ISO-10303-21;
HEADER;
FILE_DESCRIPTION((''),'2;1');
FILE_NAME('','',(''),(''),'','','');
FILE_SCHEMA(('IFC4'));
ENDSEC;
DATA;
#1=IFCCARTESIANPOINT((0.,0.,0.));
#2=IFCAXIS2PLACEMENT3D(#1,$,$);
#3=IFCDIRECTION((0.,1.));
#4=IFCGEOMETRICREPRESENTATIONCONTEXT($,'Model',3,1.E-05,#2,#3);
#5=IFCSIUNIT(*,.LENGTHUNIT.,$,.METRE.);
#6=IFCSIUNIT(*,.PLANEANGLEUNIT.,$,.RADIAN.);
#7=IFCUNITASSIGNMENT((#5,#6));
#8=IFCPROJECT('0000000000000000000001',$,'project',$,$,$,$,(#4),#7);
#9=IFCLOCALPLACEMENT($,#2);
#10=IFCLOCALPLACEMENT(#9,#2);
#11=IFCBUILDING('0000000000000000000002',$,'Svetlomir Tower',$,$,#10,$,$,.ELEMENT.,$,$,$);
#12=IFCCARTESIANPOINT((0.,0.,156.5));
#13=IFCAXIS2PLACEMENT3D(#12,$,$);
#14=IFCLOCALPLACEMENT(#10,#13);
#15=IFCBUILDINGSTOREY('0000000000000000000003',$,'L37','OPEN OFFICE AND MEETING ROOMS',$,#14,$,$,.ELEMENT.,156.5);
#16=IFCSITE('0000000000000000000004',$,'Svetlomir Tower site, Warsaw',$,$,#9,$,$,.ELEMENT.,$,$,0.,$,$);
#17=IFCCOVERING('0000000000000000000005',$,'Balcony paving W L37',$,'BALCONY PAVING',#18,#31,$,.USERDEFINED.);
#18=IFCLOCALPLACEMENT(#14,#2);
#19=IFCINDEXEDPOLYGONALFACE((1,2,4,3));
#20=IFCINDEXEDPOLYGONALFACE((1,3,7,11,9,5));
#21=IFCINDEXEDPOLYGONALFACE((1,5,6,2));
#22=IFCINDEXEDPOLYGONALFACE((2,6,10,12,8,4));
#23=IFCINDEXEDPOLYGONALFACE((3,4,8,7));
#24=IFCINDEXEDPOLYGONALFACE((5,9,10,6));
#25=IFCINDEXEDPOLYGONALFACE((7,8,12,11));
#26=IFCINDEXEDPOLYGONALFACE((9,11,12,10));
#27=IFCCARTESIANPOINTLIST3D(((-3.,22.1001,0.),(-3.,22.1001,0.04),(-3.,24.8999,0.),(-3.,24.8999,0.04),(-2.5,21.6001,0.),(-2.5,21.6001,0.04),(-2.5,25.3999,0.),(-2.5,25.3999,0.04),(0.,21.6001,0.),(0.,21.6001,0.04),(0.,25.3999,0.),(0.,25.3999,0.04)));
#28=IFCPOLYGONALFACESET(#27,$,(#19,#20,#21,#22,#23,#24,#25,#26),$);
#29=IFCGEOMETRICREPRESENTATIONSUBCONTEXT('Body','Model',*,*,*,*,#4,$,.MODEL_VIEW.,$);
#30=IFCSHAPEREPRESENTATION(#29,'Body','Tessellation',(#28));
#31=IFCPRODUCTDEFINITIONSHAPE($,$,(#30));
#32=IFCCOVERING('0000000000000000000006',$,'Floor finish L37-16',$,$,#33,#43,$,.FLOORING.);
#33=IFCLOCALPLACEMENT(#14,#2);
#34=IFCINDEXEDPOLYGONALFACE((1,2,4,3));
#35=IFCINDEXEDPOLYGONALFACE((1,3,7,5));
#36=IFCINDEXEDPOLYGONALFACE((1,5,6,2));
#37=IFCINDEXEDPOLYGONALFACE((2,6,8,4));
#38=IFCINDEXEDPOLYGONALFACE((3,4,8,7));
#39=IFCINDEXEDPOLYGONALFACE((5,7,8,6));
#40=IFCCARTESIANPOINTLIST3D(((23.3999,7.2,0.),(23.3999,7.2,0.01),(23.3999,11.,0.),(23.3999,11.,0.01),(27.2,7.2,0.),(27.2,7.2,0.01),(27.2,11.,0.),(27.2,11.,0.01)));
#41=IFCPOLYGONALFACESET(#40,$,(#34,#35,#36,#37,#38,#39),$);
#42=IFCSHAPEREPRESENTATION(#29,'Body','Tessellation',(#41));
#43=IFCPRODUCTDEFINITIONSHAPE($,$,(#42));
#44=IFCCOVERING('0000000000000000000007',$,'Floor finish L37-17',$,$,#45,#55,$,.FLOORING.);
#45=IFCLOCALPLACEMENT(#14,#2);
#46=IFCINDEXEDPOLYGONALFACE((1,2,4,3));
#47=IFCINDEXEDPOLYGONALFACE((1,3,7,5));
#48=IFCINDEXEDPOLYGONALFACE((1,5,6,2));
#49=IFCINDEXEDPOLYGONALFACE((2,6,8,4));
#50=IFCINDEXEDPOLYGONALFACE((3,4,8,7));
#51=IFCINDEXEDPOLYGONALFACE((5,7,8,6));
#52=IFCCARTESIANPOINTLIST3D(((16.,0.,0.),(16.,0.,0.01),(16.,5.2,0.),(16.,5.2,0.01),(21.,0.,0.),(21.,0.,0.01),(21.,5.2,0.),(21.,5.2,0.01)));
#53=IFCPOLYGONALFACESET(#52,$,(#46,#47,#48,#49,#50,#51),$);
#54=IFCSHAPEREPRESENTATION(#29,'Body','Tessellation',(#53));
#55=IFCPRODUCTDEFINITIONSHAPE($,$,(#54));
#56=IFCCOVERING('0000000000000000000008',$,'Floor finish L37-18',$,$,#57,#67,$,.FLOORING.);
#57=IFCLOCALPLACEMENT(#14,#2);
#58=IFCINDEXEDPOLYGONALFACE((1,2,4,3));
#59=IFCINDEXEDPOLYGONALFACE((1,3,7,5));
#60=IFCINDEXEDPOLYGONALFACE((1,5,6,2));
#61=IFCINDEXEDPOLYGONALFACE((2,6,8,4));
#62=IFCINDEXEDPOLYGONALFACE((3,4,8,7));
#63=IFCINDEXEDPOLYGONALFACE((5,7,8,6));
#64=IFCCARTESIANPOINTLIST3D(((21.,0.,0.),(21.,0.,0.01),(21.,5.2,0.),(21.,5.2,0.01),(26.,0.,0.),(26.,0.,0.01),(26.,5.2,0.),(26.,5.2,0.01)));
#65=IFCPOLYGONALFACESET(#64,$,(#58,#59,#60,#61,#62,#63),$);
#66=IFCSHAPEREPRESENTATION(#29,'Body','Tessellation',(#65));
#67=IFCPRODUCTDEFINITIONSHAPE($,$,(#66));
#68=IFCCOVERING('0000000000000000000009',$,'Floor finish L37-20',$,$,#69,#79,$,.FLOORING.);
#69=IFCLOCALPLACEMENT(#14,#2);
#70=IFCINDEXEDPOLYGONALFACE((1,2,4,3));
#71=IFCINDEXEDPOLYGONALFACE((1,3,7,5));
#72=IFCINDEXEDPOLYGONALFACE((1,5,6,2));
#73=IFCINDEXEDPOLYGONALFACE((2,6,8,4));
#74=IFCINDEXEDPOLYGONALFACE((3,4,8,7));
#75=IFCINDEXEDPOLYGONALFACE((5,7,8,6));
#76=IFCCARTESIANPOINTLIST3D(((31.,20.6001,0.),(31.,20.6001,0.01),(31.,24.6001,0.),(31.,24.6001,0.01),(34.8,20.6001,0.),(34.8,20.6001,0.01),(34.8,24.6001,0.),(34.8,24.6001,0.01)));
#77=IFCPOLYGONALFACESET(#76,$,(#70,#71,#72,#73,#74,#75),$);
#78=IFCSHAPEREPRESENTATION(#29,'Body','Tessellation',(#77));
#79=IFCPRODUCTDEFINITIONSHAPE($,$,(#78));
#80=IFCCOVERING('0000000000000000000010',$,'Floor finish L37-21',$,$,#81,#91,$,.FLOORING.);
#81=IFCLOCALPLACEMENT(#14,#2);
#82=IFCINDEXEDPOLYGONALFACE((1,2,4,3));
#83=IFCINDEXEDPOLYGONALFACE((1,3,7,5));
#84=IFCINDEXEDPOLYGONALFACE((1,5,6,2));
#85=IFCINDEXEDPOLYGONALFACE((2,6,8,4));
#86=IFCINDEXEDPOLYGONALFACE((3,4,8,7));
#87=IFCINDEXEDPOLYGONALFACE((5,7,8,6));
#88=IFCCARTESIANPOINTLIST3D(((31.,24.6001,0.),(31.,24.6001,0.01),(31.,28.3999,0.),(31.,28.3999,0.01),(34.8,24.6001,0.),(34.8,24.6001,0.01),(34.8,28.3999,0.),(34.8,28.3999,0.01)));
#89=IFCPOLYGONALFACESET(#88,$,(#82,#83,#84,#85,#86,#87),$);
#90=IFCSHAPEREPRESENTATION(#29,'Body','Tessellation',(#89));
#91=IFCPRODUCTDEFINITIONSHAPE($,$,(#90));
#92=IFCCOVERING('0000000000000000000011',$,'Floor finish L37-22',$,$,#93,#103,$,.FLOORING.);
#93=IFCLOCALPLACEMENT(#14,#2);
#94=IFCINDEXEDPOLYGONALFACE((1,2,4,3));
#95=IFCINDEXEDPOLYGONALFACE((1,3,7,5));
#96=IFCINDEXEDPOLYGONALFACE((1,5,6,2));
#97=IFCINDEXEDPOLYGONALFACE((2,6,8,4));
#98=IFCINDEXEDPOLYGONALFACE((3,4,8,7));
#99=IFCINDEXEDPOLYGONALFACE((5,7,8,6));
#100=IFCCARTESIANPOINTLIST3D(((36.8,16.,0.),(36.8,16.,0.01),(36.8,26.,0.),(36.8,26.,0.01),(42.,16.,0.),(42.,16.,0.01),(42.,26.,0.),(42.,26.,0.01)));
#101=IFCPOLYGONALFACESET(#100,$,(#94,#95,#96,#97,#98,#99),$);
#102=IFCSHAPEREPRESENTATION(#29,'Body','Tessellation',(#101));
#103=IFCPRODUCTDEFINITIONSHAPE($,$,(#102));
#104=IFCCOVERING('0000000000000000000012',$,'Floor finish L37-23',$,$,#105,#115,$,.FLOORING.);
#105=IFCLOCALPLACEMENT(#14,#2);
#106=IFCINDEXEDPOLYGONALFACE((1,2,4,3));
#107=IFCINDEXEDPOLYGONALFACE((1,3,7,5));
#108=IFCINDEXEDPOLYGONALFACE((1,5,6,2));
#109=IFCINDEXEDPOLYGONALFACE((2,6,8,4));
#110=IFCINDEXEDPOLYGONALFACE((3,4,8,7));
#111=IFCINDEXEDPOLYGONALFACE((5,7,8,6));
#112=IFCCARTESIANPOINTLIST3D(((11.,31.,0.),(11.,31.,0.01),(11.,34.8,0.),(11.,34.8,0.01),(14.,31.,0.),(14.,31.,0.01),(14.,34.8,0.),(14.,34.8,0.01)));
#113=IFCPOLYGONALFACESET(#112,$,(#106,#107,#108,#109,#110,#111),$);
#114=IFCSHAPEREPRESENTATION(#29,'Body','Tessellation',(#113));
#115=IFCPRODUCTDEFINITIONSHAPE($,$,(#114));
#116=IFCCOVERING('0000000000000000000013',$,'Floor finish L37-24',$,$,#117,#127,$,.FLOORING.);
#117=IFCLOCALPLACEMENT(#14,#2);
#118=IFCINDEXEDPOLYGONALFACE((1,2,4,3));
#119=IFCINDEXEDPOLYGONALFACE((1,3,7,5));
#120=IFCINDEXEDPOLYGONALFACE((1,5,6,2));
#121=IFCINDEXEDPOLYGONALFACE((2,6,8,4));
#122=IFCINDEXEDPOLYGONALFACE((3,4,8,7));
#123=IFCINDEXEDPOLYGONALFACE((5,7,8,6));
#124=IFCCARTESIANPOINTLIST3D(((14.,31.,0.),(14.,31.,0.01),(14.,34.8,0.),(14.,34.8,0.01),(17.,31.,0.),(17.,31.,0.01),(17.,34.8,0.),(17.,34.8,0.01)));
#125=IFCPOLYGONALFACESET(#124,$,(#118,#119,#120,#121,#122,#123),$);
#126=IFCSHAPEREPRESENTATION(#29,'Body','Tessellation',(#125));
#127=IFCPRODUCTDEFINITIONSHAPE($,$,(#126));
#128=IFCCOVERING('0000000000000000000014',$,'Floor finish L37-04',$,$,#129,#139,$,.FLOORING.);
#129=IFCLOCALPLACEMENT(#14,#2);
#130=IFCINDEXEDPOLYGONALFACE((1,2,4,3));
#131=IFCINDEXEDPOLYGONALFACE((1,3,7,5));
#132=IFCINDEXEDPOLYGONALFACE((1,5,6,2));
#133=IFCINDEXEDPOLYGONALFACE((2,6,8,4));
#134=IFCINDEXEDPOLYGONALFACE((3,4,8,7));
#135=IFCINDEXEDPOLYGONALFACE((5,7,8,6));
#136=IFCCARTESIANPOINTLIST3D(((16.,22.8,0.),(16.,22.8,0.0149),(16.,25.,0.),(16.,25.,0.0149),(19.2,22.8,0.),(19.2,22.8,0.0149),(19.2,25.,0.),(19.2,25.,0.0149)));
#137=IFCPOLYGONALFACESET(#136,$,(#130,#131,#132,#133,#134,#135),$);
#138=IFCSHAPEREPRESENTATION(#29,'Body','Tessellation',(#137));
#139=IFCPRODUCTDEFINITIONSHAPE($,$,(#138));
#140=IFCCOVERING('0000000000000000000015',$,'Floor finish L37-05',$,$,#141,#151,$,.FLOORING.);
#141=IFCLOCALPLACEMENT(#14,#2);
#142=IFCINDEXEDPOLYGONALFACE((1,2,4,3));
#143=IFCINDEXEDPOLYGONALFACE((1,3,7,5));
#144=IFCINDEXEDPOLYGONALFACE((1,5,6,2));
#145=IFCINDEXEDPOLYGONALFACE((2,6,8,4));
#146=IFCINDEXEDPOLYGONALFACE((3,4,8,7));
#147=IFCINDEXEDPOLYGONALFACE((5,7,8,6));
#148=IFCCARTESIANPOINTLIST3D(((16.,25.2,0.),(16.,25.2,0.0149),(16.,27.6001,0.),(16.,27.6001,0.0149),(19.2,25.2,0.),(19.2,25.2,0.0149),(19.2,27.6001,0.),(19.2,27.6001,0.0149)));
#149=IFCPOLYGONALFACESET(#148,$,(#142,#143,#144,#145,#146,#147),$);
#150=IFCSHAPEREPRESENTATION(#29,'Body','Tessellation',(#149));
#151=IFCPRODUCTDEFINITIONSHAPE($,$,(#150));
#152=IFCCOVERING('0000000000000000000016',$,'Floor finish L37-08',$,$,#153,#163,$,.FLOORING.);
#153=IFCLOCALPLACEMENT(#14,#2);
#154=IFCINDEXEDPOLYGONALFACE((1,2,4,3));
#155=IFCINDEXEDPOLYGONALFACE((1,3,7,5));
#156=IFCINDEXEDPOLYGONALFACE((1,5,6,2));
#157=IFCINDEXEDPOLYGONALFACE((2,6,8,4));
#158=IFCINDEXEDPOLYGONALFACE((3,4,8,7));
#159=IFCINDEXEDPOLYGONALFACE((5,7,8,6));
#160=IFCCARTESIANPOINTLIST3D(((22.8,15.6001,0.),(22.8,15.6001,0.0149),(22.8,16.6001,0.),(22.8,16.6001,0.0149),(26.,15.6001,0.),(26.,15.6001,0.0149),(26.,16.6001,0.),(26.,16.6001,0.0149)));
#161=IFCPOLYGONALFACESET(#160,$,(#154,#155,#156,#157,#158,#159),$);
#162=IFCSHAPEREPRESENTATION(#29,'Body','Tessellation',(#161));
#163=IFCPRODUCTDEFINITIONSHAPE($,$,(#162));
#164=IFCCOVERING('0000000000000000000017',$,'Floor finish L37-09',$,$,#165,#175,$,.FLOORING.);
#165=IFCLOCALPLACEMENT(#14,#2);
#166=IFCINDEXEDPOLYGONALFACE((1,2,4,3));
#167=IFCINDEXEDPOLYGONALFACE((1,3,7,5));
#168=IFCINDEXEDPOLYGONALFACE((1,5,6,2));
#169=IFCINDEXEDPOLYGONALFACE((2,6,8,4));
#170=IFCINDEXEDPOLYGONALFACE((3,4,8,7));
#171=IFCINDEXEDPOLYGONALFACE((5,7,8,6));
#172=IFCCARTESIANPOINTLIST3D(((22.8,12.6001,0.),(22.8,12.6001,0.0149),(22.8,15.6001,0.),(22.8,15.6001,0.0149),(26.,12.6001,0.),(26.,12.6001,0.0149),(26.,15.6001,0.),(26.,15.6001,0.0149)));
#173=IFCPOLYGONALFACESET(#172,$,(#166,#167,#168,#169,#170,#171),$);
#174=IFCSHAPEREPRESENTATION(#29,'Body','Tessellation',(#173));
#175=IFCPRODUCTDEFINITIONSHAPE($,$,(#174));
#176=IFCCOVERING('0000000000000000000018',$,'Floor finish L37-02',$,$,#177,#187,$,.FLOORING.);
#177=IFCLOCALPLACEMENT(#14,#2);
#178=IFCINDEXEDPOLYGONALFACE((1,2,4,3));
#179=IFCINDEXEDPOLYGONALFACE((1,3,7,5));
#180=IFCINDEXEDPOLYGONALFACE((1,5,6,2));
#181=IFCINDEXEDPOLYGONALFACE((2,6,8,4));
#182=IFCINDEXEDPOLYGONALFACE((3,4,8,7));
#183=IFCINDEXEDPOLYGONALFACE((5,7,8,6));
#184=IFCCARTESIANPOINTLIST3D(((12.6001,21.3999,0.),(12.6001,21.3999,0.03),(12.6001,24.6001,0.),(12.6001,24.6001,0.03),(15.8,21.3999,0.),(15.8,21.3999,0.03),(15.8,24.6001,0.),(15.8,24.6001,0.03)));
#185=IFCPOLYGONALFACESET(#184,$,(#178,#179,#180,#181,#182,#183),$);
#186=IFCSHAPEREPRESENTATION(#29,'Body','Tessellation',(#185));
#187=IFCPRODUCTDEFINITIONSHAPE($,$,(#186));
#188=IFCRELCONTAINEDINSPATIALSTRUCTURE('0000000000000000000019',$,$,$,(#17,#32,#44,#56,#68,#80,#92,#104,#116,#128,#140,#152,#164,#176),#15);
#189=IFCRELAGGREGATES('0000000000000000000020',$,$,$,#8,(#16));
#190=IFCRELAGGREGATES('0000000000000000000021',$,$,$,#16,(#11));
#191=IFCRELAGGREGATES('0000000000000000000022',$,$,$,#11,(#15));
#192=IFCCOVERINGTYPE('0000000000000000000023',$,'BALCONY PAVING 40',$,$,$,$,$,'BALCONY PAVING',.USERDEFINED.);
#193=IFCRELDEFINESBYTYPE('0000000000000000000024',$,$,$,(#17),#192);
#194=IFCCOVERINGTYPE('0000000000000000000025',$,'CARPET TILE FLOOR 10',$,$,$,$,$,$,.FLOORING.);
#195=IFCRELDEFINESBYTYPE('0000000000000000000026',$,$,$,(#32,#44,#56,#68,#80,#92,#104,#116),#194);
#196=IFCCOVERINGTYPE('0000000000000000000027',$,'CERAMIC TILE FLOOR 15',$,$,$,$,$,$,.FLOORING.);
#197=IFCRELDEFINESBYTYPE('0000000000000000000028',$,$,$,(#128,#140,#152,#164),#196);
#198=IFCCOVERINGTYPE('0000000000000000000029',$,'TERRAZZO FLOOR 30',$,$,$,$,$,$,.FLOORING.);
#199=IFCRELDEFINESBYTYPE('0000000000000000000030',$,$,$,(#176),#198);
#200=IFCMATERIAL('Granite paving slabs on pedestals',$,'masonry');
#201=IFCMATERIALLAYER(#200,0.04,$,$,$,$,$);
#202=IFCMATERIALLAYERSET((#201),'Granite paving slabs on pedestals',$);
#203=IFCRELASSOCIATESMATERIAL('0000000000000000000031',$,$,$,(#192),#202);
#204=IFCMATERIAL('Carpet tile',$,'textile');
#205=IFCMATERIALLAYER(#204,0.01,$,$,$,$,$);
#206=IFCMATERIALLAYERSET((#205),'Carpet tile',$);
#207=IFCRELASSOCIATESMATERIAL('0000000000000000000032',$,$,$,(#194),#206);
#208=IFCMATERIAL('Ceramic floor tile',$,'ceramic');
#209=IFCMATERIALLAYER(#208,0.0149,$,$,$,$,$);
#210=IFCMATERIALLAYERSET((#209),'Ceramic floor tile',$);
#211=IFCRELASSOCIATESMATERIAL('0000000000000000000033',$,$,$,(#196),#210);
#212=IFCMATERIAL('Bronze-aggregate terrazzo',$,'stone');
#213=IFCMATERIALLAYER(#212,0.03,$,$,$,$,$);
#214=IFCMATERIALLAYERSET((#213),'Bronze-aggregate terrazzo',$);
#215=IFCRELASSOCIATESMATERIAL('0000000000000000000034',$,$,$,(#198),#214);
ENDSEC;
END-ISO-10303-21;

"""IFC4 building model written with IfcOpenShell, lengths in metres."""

from ifc_helpers import new_model, si_unit, direction, frame, origin, place, context, subcontext, project, spatial, polyline, outline, extrude, material, layer, layer_set, type_object, element, save


model = new_model("IFC4")

# Units and contexts
model_context = context("Model", 3, precision=1e-05, world=origin(), true_north=direction((0.0, 1.0)))
body_context = subcontext(model_context, "Body", "Model", "MODEL_VIEW")
ifc_project = project(units=[si_unit("LENGTHUNIT", "METRE"), si_unit("PLANEANGLEUNIT", "RADIAN")], contexts=[model_context])

# Site, building, storey
site_placement = place(None, origin())
site = spatial("IfcSite", under=ifc_project, at=site_placement, Name="Svetlomir Tower site, Warsaw", CompositionType="ELEMENT", RefElevation=0.0)
building_placement = place(site_placement, origin())
building = spatial("IfcBuilding", under=site, at=building_placement, Name="Svetlomir Tower", CompositionType="ELEMENT")
storey_placement = place(building_placement, frame((0.0, 0.0, 156.5)))
storey = spatial("IfcBuildingStorey", under=building, at=storey_placement, Name="L37", Description="OPEN OFFICE AND MEETING ROOMS", CompositionType="ELEMENT", Elevation=156.5)

# Coverings
ifc_material_1 = material(Name="Granite paving slabs on pedestals", Category="masonry")
ifc_layer_1 = layer(ifc_material_1, 0.04)
ifc_layer_set_1 = layer_set([ifc_layer_1], Name="Granite paving slabs on pedestals")
covering_type_1 = type_object("IfcCoveringType", Name="BALCONY PAVING 40", ElementType="BALCONY PAVING", PredefinedType="USERDEFINED", material=ifc_layer_set_1)
covering_1_placement = place(storey_placement, origin())
element("IfcCovering", 1, at=covering_1_placement, inside=storey, type_object=covering_type_1, Name="Balcony paving W L37", ObjectType="BALCONY PAVING", PredefinedType="USERDEFINED", context=body_context, shape_type="SweptSolid", body=[
    extrude(outline(polyline([(-2.5, 21.6001), (0.0, 21.6001), (0.0, 25.3999), (-2.5, 25.3999), (-3.0, 24.8999), (-3.0, 22.1001), (-2.5, 21.6001)])), origin(), (0.0, 0.0, 1.0), 0.04),
])
ifc_material_2 = material(Name="Carpet tile", Category="textile")
ifc_layer_2 = layer(ifc_material_2, 0.01)
ifc_layer_set_2 = layer_set([ifc_layer_2], Name="Carpet tile")
covering_type_2 = type_object("IfcCoveringType", Name="CARPET TILE FLOOR 10", PredefinedType="FLOORING", material=ifc_layer_set_2)
covering_2_placement = place(storey_placement, origin())
element("IfcCovering", 2, at=covering_2_placement, inside=storey, type_object=covering_type_2, Name="Floor finish L37-16", PredefinedType="FLOORING", context=body_context, shape_type="SweptSolid", body=[
    extrude(outline(polyline([(23.3999, 7.2), (27.2, 7.2), (27.2, 11.0), (23.3999, 11.0), (23.3999, 7.2)])), origin(), (0.0, 0.0, 1.0), 0.01),
])
covering_3_placement = place(storey_placement, origin())
element("IfcCovering", 3, at=covering_3_placement, inside=storey, type_object=covering_type_2, Name="Floor finish L37-17", PredefinedType="FLOORING", context=body_context, shape_type="SweptSolid", body=[
    extrude(outline(polyline([(16.0, 0.0), (21.0, 0.0), (21.0, 5.2), (16.0, 5.2), (16.0, 0.0)])), origin(), (0.0, 0.0, 1.0), 0.01),
])
covering_4_placement = place(storey_placement, origin())
element("IfcCovering", 4, at=covering_4_placement, inside=storey, type_object=covering_type_2, Name="Floor finish L37-18", PredefinedType="FLOORING", context=body_context, shape_type="SweptSolid", body=[
    extrude(outline(polyline([(21.0, 0.0), (26.0, 0.0), (26.0, 5.2), (21.0, 5.2), (21.0, 0.0)])), origin(), (0.0, 0.0, 1.0), 0.01),
])
covering_5_placement = place(storey_placement, origin())
element("IfcCovering", 5, at=covering_5_placement, inside=storey, type_object=covering_type_2, Name="Floor finish L37-20", PredefinedType="FLOORING", context=body_context, shape_type="SweptSolid", body=[
    extrude(outline(polyline([(31.0, 20.6001), (34.8, 20.6001), (34.8, 24.6001), (31.0, 24.6001), (31.0, 20.6001)])), origin(), (0.0, 0.0, 1.0), 0.01),
])
covering_6_placement = place(storey_placement, origin())
element("IfcCovering", 6, at=covering_6_placement, inside=storey, type_object=covering_type_2, Name="Floor finish L37-21", PredefinedType="FLOORING", context=body_context, shape_type="SweptSolid", body=[
    extrude(outline(polyline([(31.0, 24.6001), (34.8, 24.6001), (34.8, 28.3999), (31.0, 28.3999), (31.0, 24.6001)])), origin(), (0.0, 0.0, 1.0), 0.01),
])
covering_7_placement = place(storey_placement, origin())
element("IfcCovering", 7, at=covering_7_placement, inside=storey, type_object=covering_type_2, Name="Floor finish L37-22", PredefinedType="FLOORING", context=body_context, shape_type="SweptSolid", body=[
    extrude(outline(polyline([(36.8, 16.0), (42.0, 16.0), (42.0, 26.0), (36.8, 26.0), (36.8, 16.0)])), origin(), (0.0, 0.0, 1.0), 0.01),
])
covering_8_placement = place(storey_placement, origin())
element("IfcCovering", 8, at=covering_8_placement, inside=storey, type_object=covering_type_2, Name="Floor finish L37-23", PredefinedType="FLOORING", context=body_context, shape_type="SweptSolid", body=[
    extrude(outline(polyline([(11.0, 31.0), (14.0, 31.0), (14.0, 34.8), (11.0, 34.8), (11.0, 31.0)])), origin(), (0.0, 0.0, 1.0), 0.01),
])
covering_9_placement = place(storey_placement, origin())
element("IfcCovering", 9, at=covering_9_placement, inside=storey, type_object=covering_type_2, Name="Floor finish L37-24", PredefinedType="FLOORING", context=body_context, shape_type="SweptSolid", body=[
    extrude(outline(polyline([(14.0, 31.0), (17.0, 31.0), (17.0, 34.8), (14.0, 34.8), (14.0, 31.0)])), origin(), (0.0, 0.0, 1.0), 0.01),
])
ifc_material_3 = material(Name="Ceramic floor tile", Category="ceramic")
ifc_layer_3 = layer(ifc_material_3, 0.0149)
ifc_layer_set_3 = layer_set([ifc_layer_3], Name="Ceramic floor tile")
covering_type_3 = type_object("IfcCoveringType", Name="CERAMIC TILE FLOOR 15", PredefinedType="FLOORING", material=ifc_layer_set_3)
covering_10_placement = place(storey_placement, origin())
element("IfcCovering", 10, at=covering_10_placement, inside=storey, type_object=covering_type_3, Name="Floor finish L37-04", PredefinedType="FLOORING", context=body_context, shape_type="SweptSolid", body=[
    extrude(outline(polyline([(16.0, 22.8), (19.2, 22.8), (19.2, 25.0), (16.0, 25.0), (16.0, 22.8)])), origin(), (0.0, 0.0, 1.0), 0.0149),
])
covering_11_placement = place(storey_placement, origin())
element("IfcCovering", 11, at=covering_11_placement, inside=storey, type_object=covering_type_3, Name="Floor finish L37-05", PredefinedType="FLOORING", context=body_context, shape_type="SweptSolid", body=[
    extrude(outline(polyline([(16.0, 25.2), (19.2, 25.2), (19.2, 27.6001), (16.0, 27.6001), (16.0, 25.2)])), origin(), (0.0, 0.0, 1.0), 0.0149),
])
covering_12_placement = place(storey_placement, origin())
element("IfcCovering", 12, at=covering_12_placement, inside=storey, type_object=covering_type_3, Name="Floor finish L37-08", PredefinedType="FLOORING", context=body_context, shape_type="SweptSolid", body=[
    extrude(outline(polyline([(22.8, 15.6001), (26.0, 15.6001), (26.0, 16.6001), (22.8, 16.6001), (22.8, 15.6001)])), origin(), (0.0, 0.0, 1.0), 0.0149),
])
covering_13_placement = place(storey_placement, origin())
element("IfcCovering", 13, at=covering_13_placement, inside=storey, type_object=covering_type_3, Name="Floor finish L37-09", PredefinedType="FLOORING", context=body_context, shape_type="SweptSolid", body=[
    extrude(outline(polyline([(22.8, 12.6001), (26.0, 12.6001), (26.0, 15.6001), (22.8, 15.6001), (22.8, 12.6001)])), origin(), (0.0, 0.0, 1.0), 0.0149),
])
ifc_material_4 = material(Name="Bronze-aggregate terrazzo", Category="stone")
ifc_layer_4 = layer(ifc_material_4, 0.03)
ifc_layer_set_4 = layer_set([ifc_layer_4], Name="Bronze-aggregate terrazzo")
covering_type_4 = type_object("IfcCoveringType", Name="TERRAZZO FLOOR 30", PredefinedType="FLOORING", material=ifc_layer_set_4)
covering_14_placement = place(storey_placement, origin())
element("IfcCovering", 14, at=covering_14_placement, inside=storey, type_object=covering_type_4, Name="Floor finish L37-02", PredefinedType="FLOORING", context=body_context, shape_type="SweptSolid", body=[
    extrude(outline(polyline([(12.6001, 21.3999), (15.8, 21.3999), (15.8, 24.6001), (12.6001, 24.6001), (12.6001, 21.3999)])), origin(), (0.0, 0.0, 1.0), 0.03),
])

save(model, "model.ifc")
